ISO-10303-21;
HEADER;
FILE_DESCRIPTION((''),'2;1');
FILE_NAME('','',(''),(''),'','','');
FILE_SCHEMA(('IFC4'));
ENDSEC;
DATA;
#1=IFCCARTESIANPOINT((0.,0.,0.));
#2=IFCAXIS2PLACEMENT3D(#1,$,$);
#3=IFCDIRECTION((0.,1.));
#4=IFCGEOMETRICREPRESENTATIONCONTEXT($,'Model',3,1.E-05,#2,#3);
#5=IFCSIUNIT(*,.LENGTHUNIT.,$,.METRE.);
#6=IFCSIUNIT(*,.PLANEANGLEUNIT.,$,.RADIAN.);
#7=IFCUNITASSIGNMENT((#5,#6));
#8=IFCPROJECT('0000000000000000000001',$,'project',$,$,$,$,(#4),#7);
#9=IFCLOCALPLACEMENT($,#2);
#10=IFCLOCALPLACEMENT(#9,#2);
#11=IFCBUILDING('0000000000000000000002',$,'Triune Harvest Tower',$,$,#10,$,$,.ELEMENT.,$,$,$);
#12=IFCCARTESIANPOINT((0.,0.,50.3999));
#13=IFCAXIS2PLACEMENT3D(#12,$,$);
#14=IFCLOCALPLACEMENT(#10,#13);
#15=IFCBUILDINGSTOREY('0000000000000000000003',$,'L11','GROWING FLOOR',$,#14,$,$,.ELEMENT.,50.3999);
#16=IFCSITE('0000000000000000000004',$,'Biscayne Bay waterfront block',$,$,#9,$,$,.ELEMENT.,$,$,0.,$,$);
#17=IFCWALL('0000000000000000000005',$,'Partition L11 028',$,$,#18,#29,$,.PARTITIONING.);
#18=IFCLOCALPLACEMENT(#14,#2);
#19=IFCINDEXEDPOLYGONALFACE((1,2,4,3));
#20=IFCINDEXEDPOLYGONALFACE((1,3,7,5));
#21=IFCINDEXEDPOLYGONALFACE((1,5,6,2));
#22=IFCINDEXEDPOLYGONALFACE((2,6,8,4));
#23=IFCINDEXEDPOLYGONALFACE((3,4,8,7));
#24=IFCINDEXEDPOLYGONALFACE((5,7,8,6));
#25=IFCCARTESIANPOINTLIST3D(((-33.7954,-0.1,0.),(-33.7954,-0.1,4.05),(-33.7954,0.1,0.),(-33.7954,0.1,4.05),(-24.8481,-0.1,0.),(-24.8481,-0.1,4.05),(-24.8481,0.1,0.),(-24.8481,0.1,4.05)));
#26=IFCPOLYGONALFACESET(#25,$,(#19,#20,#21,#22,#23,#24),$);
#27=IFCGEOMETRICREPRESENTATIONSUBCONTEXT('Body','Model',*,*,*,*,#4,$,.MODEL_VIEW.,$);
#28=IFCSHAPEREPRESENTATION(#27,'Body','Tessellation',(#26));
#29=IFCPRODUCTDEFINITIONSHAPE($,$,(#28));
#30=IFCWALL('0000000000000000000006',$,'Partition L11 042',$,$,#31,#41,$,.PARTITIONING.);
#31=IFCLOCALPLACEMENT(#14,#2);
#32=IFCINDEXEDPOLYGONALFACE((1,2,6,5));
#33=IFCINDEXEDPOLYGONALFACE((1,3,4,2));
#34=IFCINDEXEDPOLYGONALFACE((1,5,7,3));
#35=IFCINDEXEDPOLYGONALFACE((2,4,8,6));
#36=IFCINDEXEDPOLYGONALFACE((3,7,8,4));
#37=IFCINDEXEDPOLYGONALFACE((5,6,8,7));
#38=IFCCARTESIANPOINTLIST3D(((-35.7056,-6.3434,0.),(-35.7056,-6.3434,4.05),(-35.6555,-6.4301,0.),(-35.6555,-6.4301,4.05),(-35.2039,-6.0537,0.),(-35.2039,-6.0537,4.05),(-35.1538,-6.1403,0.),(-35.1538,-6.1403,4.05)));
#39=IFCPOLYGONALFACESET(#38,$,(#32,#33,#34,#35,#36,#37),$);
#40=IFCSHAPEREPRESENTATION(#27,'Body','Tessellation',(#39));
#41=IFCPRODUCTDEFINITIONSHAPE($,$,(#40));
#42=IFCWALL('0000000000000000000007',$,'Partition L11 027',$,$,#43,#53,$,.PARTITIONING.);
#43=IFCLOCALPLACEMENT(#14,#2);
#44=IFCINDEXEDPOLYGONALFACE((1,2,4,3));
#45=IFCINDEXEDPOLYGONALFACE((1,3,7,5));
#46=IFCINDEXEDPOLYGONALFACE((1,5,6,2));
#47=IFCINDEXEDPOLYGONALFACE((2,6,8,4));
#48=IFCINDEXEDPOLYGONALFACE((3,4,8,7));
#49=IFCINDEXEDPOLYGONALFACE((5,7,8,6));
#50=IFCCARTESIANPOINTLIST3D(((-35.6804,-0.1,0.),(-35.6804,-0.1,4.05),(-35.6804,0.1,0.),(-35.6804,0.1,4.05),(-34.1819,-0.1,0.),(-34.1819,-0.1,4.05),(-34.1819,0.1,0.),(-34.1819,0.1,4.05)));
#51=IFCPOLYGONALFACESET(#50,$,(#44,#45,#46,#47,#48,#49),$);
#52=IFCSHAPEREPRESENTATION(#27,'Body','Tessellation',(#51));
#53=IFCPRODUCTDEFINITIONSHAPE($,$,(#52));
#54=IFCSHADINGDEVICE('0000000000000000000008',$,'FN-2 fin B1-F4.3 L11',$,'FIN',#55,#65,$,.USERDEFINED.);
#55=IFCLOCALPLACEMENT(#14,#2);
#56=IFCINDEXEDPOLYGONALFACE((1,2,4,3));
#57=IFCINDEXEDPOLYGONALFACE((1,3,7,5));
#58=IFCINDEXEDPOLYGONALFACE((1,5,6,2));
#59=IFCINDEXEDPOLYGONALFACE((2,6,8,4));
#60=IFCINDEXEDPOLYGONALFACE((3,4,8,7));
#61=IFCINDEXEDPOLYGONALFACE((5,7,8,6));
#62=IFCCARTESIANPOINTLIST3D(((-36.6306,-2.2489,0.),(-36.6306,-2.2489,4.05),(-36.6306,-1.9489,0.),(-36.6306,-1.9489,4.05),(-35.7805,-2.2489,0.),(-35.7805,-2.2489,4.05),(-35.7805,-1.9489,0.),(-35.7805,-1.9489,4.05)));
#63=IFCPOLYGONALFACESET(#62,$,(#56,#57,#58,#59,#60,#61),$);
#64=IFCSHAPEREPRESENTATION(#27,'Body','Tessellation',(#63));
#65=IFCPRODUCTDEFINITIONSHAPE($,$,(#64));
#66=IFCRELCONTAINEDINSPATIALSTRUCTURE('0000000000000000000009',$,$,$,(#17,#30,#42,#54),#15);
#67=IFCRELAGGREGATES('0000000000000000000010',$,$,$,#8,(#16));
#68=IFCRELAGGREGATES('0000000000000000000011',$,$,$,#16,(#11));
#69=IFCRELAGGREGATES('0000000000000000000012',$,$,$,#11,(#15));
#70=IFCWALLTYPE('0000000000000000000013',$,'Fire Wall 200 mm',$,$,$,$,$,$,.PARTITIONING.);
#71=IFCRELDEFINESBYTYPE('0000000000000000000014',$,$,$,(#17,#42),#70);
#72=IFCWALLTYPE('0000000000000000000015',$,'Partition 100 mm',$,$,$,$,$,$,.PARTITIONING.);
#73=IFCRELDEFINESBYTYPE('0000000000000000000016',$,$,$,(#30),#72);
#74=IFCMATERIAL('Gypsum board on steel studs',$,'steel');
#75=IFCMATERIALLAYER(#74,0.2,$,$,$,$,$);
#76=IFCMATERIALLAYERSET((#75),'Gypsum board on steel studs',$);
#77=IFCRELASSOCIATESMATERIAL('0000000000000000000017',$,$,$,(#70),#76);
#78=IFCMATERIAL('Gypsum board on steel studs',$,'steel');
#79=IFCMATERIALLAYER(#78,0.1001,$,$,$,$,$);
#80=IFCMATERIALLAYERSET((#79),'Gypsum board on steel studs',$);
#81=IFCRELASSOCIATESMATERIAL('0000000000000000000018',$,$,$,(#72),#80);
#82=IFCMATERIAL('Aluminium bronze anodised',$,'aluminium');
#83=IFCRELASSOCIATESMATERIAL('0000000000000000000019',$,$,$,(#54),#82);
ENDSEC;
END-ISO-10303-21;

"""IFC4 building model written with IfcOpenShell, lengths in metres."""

from ifc_helpers import new_model, si_unit, direction, frame, frame_2d, origin, origin_2d, place, context, subcontext, project, spatial, rectangle, extrude, source, transform, mapped, material, layer, layer_set, type_object, element, save


model = new_model("IFC4")

# Units and contexts
model_context = context("Model", 3, precision=1e-05, world=origin(), true_north=direction((0.0, 1.0)))
body_context = subcontext(model_context, "Body", "Model", "MODEL_VIEW")
ifc_project = project(units=[si_unit("LENGTHUNIT", "METRE"), si_unit("PLANEANGLEUNIT", "RADIAN")], contexts=[model_context])

# Site, building, storey
site_placement = place(None, origin())
site = spatial("IfcSite", under=ifc_project, at=site_placement, Name="Biscayne Bay waterfront block", CompositionType="ELEMENT", RefElevation=0.0)
building_placement = place(site_placement, origin())
building = spatial("IfcBuilding", under=site, at=building_placement, Name="Triune Harvest Tower", CompositionType="ELEMENT")
storey_placement = place(building_placement, frame((0.0, 0.0, 50.3999)))
storey = spatial("IfcBuildingStorey", under=building, at=storey_placement, Name="L11", Description="GROWING FLOOR", CompositionType="ELEMENT", Elevation=50.3999)

# Walls
ifc_material_1 = material(Name="Gypsum board on steel studs", Category="steel")
ifc_layer_1 = layer(ifc_material_1, 0.2)
ifc_layer_set_1 = layer_set([ifc_layer_1], Name="Gypsum board on steel studs")
wall_type_1 = type_object("IfcWallType", Name="Fire Wall 200 mm", PredefinedType="PARTITIONING", material=ifc_layer_set_1)
wall_1_placement = place(storey_placement, frame((-33.7954, 0.0, 0.0), z_axis=(0.0, 0.0, 1.0), x_axis=(1.0, 0.0, 0.0)))
element("IfcWall", 1, at=wall_1_placement, inside=storey, type_object=wall_type_1, Name="Partition L11 028", PredefinedType="PARTITIONING", context=body_context, shape_type="SweptSolid", body=[
    extrude(rectangle(XDim=8.9473, YDim=0.2, at=frame_2d((4.4736, 0.0))), origin(), (0.0, 0.0, 1.0), 4.05),
])
ifc_material_2 = material(Name="Gypsum board on steel studs", Category="steel")
ifc_layer_2 = layer(ifc_material_2, 0.1001)
ifc_layer_set_2 = layer_set([ifc_layer_2], Name="Gypsum board on steel studs")
wall_type_2 = type_object("IfcWallType", Name="Partition 100 mm", PredefinedType="PARTITIONING", material=ifc_layer_set_2)
wall_2_placement = place(storey_placement, frame((-35.6804, -6.3867, 0.0), z_axis=(0.0, 0.0, 1.0), x_axis=(0.865926, 0.500172, 0.0)))
element("IfcWall", 2, at=wall_2_placement, inside=storey, type_object=wall_type_2, Name="Partition L11 042", PredefinedType="PARTITIONING", context=body_context, shape_type="SweptSolid", body=[
    extrude(rectangle(XDim=0.5793, YDim=0.1001, at=frame_2d((0.2896, 0.0))), origin(), (0.0, 0.0, 1.0), 4.05),
])
shared_shape_1 = source(origin(), body_context, "Body", "SweptSolid", [
    extrude(rectangle(XDim=1.4985, YDim=0.2, at=frame_2d((0.7493, 0.0))), origin(), (0.0, 0.0, 1.0), 4.05),
])
wall_3_placement = place(storey_placement, frame((-35.6804, 0.0, 0.0), z_axis=(0.0, 0.0, 1.0), x_axis=(1.0, 0.0, 0.0)))
element("IfcWall", 3, at=wall_3_placement, inside=storey, type_object=wall_type_1, Name="Partition L11 027", PredefinedType="PARTITIONING", context=body_context, shape_type="MappedRepresentation", body=[
    mapped(shared_shape_1, transform((0.0, 0.0, 0.0), scale=1.0)),
])

# Shading device
ifc_material_3 = material(Name="Aluminium bronze anodised", Category="aluminium")
shared_shape_2 = source(origin(), body_context, "Body", "SweptSolid", [
    extrude(rectangle(XDim=0.3, YDim=0.8501, at=origin_2d()), origin(), (0.0, 0.0, 1.0), 4.05),
])
shading_device_placement = place(storey_placement, frame((-36.2056, -2.0989, 0.0), z_axis=(0.0, 0.0, 1.0), x_axis=(0.0, -1.0, 0.0)))
element("IfcShadingDevice", 4, at=shading_device_placement, inside=storey, material=ifc_material_3, Name="FN-2 fin B1-F4.3 L11", ObjectType="FIN", PredefinedType="USERDEFINED", context=body_context, shape_type="MappedRepresentation", body=[
    mapped(shared_shape_2, transform((0.0, 0.0, 0.0), scale=1.0)),
])

save(model, "model.ifc")
